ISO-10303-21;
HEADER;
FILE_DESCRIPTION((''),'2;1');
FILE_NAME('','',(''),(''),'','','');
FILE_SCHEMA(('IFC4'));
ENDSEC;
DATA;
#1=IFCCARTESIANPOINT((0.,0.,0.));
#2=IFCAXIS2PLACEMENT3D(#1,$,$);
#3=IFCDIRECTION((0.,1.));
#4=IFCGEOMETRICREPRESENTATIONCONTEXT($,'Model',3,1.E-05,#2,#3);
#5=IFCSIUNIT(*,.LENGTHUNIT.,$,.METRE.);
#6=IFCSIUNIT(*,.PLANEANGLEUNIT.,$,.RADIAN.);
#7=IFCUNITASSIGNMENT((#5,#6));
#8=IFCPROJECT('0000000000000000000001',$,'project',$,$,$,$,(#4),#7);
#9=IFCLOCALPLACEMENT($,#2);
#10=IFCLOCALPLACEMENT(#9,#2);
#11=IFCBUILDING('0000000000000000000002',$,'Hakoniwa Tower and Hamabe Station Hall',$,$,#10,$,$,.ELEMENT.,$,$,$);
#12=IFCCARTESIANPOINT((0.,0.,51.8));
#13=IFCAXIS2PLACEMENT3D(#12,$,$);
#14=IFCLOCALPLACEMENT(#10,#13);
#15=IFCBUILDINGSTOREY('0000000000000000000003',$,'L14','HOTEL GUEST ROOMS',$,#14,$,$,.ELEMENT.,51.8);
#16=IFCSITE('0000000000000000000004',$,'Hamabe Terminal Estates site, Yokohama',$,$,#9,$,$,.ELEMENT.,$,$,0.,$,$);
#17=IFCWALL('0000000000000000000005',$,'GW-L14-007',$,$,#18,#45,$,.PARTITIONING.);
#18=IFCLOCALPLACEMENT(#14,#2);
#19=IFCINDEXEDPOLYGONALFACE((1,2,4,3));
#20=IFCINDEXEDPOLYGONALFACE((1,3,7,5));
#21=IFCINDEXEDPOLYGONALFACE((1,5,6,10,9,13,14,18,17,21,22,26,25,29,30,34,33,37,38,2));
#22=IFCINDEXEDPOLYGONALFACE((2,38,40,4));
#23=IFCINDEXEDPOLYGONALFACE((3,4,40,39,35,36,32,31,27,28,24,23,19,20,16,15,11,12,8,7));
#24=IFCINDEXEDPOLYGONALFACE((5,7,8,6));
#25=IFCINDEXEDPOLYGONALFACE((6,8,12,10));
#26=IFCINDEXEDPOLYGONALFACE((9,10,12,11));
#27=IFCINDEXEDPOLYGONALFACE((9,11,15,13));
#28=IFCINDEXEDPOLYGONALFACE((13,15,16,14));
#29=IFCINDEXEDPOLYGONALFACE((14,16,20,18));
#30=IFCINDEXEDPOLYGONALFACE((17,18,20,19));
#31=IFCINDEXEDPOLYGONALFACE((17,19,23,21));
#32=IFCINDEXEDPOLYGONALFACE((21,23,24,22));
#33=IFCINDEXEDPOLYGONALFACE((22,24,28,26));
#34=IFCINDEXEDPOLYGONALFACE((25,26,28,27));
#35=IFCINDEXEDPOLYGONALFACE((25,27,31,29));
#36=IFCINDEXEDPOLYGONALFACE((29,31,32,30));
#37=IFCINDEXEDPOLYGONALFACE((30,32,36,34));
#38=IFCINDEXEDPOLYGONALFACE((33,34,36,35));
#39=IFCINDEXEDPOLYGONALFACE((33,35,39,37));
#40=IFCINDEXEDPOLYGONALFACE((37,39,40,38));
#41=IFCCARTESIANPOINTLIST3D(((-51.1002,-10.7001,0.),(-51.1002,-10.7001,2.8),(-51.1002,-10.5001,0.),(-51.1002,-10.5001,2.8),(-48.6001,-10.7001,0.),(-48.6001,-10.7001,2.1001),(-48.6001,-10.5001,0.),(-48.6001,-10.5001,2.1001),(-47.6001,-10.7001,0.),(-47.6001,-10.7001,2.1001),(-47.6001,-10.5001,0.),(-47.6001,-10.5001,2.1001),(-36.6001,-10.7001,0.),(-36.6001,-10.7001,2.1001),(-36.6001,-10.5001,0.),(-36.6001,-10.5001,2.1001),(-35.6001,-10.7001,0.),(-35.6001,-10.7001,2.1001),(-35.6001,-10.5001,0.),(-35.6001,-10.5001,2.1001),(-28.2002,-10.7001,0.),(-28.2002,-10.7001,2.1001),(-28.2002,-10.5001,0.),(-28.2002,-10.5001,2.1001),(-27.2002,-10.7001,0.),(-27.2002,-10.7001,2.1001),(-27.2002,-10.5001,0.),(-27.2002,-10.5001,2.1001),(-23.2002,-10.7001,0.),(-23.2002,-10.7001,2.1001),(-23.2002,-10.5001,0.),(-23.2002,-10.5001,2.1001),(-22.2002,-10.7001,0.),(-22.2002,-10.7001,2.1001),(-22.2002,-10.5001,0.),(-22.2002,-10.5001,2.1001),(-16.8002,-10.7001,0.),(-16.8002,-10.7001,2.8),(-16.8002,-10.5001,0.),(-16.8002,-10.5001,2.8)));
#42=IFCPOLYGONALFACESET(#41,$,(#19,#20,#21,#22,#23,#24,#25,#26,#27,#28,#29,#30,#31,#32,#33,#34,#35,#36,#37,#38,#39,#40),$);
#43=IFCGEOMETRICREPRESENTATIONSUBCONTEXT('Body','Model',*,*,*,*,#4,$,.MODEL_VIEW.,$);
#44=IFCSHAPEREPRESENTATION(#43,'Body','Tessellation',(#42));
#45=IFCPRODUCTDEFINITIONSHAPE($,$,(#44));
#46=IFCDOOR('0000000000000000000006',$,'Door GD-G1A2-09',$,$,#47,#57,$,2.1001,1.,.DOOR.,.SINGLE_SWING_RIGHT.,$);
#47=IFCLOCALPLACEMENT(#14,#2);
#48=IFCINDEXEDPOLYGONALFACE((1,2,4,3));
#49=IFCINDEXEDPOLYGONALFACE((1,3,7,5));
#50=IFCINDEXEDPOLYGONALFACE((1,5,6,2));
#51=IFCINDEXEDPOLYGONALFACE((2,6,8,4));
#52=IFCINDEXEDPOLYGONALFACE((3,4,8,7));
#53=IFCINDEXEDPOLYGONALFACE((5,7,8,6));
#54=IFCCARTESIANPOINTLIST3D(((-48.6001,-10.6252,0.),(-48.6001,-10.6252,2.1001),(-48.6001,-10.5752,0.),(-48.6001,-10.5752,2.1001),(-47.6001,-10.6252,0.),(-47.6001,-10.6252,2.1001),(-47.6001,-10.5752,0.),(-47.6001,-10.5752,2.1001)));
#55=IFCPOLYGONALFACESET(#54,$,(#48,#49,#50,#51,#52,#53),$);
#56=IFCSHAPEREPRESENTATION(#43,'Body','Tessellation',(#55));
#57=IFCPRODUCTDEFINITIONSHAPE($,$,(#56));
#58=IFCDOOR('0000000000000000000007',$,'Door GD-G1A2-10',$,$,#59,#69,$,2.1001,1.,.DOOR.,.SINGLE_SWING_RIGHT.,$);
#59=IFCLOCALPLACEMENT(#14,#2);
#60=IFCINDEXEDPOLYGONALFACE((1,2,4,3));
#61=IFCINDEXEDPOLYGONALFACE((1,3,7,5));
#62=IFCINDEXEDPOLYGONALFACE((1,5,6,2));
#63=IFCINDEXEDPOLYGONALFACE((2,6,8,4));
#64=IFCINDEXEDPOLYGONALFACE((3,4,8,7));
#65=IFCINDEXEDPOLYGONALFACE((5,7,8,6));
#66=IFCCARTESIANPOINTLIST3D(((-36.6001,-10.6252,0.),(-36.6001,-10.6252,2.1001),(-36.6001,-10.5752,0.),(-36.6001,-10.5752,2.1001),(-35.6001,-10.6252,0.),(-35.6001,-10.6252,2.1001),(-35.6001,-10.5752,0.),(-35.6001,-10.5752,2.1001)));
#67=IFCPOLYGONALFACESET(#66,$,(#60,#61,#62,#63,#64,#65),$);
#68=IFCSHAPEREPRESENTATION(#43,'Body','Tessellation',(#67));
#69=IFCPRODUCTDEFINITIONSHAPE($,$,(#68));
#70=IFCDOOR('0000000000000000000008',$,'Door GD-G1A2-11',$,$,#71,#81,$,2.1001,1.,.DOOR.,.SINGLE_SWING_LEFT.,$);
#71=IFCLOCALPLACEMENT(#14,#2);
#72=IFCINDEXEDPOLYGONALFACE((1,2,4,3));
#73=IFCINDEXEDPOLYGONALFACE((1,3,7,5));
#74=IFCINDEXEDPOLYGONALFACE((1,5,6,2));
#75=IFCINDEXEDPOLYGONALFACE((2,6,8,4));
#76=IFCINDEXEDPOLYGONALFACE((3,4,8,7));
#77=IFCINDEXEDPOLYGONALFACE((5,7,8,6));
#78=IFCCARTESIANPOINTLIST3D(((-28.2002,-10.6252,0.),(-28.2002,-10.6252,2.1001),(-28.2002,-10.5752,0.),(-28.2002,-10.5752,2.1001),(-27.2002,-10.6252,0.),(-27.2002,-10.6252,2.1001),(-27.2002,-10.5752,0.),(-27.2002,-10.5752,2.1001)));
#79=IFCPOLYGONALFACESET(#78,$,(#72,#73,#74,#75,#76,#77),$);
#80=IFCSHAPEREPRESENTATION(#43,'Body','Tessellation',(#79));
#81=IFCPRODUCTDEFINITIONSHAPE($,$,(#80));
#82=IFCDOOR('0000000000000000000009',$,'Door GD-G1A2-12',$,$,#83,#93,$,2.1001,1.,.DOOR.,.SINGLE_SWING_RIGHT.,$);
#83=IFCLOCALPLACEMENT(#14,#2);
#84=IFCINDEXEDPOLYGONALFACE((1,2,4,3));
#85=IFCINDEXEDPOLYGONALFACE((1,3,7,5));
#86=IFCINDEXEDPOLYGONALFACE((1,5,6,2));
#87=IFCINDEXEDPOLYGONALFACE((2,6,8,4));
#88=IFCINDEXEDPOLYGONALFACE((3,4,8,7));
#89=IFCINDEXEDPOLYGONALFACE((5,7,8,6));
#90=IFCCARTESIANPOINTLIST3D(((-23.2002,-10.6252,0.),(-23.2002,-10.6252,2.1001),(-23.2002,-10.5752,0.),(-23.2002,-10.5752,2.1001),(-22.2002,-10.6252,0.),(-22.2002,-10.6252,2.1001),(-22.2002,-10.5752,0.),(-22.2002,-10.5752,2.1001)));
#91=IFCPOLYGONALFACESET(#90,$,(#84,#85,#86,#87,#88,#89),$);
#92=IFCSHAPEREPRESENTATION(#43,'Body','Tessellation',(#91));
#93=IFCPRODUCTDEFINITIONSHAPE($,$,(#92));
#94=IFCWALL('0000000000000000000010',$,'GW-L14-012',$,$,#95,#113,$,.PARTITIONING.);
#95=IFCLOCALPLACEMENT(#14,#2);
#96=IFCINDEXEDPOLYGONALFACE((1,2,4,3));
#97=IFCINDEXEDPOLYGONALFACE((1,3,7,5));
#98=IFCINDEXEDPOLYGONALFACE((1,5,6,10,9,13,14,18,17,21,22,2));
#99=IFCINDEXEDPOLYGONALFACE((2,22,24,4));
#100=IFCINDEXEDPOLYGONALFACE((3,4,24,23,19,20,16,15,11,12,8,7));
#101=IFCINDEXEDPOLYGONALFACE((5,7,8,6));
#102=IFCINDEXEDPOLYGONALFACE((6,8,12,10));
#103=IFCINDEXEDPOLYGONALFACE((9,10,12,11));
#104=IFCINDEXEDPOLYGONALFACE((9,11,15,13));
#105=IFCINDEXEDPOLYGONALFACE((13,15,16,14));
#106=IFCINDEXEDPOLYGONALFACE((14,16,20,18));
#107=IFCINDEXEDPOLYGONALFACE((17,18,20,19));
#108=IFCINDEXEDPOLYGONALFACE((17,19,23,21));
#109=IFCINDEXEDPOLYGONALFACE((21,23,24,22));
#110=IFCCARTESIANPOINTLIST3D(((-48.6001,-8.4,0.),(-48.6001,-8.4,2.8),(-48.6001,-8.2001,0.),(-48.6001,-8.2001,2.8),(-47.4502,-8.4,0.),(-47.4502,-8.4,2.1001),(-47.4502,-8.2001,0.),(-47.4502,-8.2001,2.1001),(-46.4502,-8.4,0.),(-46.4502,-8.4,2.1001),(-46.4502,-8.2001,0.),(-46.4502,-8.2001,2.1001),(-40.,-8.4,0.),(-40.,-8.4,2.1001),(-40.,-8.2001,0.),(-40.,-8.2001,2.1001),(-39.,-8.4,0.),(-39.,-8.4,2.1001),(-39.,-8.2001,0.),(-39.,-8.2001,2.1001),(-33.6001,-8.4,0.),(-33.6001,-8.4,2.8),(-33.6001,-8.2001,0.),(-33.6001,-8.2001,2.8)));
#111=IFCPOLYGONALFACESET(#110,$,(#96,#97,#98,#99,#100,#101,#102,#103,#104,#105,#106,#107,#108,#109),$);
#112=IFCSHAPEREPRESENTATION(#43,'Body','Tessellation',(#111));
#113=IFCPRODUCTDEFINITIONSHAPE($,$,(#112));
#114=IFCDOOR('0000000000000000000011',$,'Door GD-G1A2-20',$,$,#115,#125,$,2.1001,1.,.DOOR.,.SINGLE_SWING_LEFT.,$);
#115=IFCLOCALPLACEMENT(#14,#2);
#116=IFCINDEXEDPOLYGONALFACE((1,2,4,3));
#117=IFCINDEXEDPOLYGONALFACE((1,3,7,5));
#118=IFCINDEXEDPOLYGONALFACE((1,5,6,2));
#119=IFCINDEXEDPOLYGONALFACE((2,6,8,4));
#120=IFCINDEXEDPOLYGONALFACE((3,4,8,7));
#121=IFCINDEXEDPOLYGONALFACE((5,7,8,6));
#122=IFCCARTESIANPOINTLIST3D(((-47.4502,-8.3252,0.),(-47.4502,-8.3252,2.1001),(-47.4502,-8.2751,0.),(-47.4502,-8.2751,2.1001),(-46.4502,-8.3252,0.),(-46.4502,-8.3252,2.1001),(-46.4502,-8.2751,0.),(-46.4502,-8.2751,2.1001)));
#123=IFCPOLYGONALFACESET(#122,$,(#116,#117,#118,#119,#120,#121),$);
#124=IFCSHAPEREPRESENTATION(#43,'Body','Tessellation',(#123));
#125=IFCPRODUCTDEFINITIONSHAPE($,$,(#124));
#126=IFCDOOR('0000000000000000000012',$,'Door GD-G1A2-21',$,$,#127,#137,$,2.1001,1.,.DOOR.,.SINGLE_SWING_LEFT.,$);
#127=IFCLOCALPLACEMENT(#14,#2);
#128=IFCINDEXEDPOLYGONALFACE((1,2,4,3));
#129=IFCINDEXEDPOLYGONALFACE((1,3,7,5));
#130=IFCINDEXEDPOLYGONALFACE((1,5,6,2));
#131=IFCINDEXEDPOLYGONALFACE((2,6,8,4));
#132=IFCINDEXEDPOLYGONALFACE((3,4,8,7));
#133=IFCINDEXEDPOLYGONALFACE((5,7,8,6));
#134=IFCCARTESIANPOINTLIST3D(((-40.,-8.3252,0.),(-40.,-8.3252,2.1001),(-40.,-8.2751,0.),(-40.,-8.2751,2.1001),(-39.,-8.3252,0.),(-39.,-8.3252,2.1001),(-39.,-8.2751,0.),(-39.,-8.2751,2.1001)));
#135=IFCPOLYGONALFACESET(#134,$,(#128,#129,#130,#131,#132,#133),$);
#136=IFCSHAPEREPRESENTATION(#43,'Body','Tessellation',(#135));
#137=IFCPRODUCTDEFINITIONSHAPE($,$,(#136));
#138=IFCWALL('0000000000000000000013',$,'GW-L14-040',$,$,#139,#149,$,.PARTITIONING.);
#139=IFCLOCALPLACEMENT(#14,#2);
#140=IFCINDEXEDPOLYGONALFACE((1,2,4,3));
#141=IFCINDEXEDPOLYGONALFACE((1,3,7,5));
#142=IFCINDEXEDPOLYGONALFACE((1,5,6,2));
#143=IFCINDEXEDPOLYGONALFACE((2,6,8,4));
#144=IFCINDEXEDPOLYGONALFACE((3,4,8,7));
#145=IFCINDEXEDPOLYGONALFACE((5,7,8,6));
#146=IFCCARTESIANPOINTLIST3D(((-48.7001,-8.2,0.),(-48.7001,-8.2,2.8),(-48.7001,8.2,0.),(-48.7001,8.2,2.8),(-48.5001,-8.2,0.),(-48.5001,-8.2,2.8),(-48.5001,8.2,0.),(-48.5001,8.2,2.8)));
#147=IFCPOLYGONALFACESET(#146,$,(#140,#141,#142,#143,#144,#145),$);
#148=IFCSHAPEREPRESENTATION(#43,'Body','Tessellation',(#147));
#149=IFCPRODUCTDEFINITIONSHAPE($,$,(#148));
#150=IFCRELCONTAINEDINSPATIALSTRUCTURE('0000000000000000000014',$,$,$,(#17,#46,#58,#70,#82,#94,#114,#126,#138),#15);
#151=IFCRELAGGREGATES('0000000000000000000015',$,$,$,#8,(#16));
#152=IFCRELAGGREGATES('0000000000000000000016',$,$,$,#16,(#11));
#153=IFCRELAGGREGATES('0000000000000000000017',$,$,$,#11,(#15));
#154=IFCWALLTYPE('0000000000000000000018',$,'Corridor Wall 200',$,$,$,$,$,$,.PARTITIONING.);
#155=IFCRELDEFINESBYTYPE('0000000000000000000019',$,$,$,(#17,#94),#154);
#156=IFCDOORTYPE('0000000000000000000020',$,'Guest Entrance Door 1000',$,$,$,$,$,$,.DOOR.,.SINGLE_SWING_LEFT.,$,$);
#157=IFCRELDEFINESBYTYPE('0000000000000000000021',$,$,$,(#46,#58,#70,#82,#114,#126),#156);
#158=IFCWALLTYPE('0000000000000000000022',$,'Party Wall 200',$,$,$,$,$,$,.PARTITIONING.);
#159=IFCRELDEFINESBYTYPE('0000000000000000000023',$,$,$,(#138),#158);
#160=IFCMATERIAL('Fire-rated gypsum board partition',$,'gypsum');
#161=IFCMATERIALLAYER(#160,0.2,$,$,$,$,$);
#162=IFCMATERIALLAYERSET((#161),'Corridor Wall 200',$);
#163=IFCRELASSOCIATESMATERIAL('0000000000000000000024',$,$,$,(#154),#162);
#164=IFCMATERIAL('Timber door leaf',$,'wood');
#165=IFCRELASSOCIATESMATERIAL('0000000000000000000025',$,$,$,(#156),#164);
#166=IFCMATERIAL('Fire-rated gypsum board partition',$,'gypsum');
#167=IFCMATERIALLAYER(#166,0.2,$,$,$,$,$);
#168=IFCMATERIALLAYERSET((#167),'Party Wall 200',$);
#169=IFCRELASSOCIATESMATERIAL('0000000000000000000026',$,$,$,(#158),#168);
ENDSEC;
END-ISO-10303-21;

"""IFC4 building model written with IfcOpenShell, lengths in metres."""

from ifc_helpers import new_model, si_unit, direction, frame, frame_2d, origin, place, context, subcontext, project, spatial, rectangle, extrude, material, layer, layer_set, type_object, element, fill, save


model = new_model("IFC4")

# Units and contexts
model_context = context("Model", 3, precision=1e-05, world=origin(), true_north=direction((0.0, 1.0)))
body_context = subcontext(model_context, "Body", "Model", "MODEL_VIEW")
ifc_project = project(units=[si_unit("LENGTHUNIT", "METRE"), si_unit("PLANEANGLEUNIT", "RADIAN")], contexts=[model_context])

# Site, building, storey
site_placement = place(None, origin())
site = spatial("IfcSite", under=ifc_project, at=site_placement, Name="Hamabe Terminal Estates site, Yokohama", CompositionType="ELEMENT", RefElevation=0.0)
building_placement = place(site_placement, origin())
building = spatial("IfcBuilding", under=site, at=building_placement, Name="Hakoniwa Tower and Hamabe Station Hall", CompositionType="ELEMENT")
storey_placement = place(building_placement, frame((0.0, 0.0, 51.8)))
storey = spatial("IfcBuildingStorey", under=building, at=storey_placement, Name="L14", Description="HOTEL GUEST ROOMS", CompositionType="ELEMENT", Elevation=51.8)

# Walls, openings, doors
ifc_material_1 = material(Name="Fire-rated gypsum board partition", Category="gypsum")
ifc_layer_1 = layer(ifc_material_1, 0.2)
ifc_layer_set_1 = layer_set([ifc_layer_1], Name="Corridor Wall 200")
wall_type_1 = type_object("IfcWallType", Name="Corridor Wall 200", PredefinedType="PARTITIONING", material=ifc_layer_set_1)
wall_1_placement = place(storey_placement, frame((-51.1001, -10.6001, 0.0), z_axis=(0.0, 0.0, 1.0), x_axis=(1.0, 0.0, 0.0)))
wall_1 = element("IfcWall", 1, at=wall_1_placement, inside=storey, type_object=wall_type_1, Name="GW-L14-007", PredefinedType="PARTITIONING", context=body_context, shape_type="SweptSolid", body=[
    extrude(rectangle(XDim=34.3, YDim=0.2, at=frame_2d((17.1499, 0.0))), origin(), (0.0, 0.0, 1.0), 2.8),
])
opening_1_placement = place(wall_1_placement, frame((2.5, 0.0, 0.0)))
opening_1 = element("IfcOpeningElement", 2, at=opening_1_placement, cuts=wall_1, PredefinedType="OPENING", context=body_context, shape_type="SweptSolid", body=[
    extrude(rectangle(XDim=1.0, YDim=2.1001, at=frame_2d((0.5, 1.05))), frame((0.0, 0.1099, 0.0), z_axis=(0.0, -1.0, 0.0), x_axis=(1.0, 0.0, 0.0)), (0.0, 0.0, 1.0), 0.22),
])
opening_2_placement = place(wall_1_placement, frame((14.5, 0.0, 0.0)))
opening_2 = element("IfcOpeningElement", 3, at=opening_2_placement, cuts=wall_1, PredefinedType="OPENING", context=body_context, shape_type="SweptSolid", body=[
    extrude(rectangle(XDim=1.0, YDim=2.1001, at=frame_2d((0.5, 1.05))), frame((0.0, 0.1099, 0.0), z_axis=(0.0, -1.0, 0.0), x_axis=(1.0, 0.0, 0.0)), (0.0, 0.0, 1.0), 0.22),
])
opening_3_placement = place(wall_1_placement, frame((22.8999, 0.0, 0.0)))
opening_3 = element("IfcOpeningElement", 4, at=opening_3_placement, cuts=wall_1, PredefinedType="OPENING", context=body_context, shape_type="SweptSolid", body=[
    extrude(rectangle(XDim=1.0, YDim=2.1001, at=frame_2d((0.5, 1.05))), frame((0.0, 0.1099, 0.0), z_axis=(0.0, -1.0, 0.0), x_axis=(1.0, 0.0, 0.0)), (0.0, 0.0, 1.0), 0.22),
])
opening_4_placement = place(wall_1_placement, frame((27.8999, 0.0, 0.0)))
opening_4 = element("IfcOpeningElement", 5, at=opening_4_placement, cuts=wall_1, PredefinedType="OPENING", context=body_context, shape_type="SweptSolid", body=[
    extrude(rectangle(XDim=1.0, YDim=2.1001, at=frame_2d((0.5, 1.05))), frame((0.0, 0.1099, 0.0), z_axis=(0.0, -1.0, 0.0), x_axis=(1.0, 0.0, 0.0)), (0.0, 0.0, 1.0), 0.22),
])
ifc_material_2 = material(Name="Timber door leaf", Category="wood")
door_type_1 = type_object("IfcDoorType", Name="Guest Entrance Door 1000", OperationType="SINGLE_SWING_LEFT", PredefinedType="DOOR", material=ifc_material_2)
door_1_placement = place(opening_1_placement, origin())
door_1 = element("IfcDoor", 6, at=door_1_placement, inside=storey, type_object=door_type_1, Name="Door GD-G1A2-09", OperationType="SINGLE_SWING_RIGHT", OverallHeight=2.1001, OverallWidth=1.0, PredefinedType="DOOR", context=body_context, shape_type="SweptSolid", body=[
    extrude(rectangle(XDim=1.0, YDim=2.1001, at=frame_2d((0.5, 1.05))), frame((0.0, 0.0249, 0.0), z_axis=(0.0, -1.0, 0.0), x_axis=(1.0, 0.0, 0.0)), (0.0, 0.0, 1.0), 0.05),
])
fill(opening_1, door_1)
door_2_placement = place(opening_2_placement, origin())
door_2 = element("IfcDoor", 7, at=door_2_placement, inside=storey, type_object=door_type_1, Name="Door GD-G1A2-10", OperationType="SINGLE_SWING_RIGHT", OverallHeight=2.1001, OverallWidth=1.0, PredefinedType="DOOR", context=body_context, shape_type="SweptSolid", body=[
    extrude(rectangle(XDim=1.0, YDim=2.1001, at=frame_2d((0.5, 1.05))), frame((0.0, 0.0249, 0.0), z_axis=(0.0, -1.0, 0.0), x_axis=(1.0, 0.0, 0.0)), (0.0, 0.0, 1.0), 0.05),
])
fill(opening_2, door_2)
door_3_placement = place(opening_3_placement, origin())
door_3 = element("IfcDoor", 8, at=door_3_placement, inside=storey, type_object=door_type_1, Name="Door GD-G1A2-11", OperationType="SINGLE_SWING_LEFT", OverallHeight=2.1001, OverallWidth=1.0, PredefinedType="DOOR", context=body_context, shape_type="SweptSolid", body=[
    extrude(rectangle(XDim=1.0, YDim=2.1001, at=frame_2d((0.5, 1.05))), frame((0.0, 0.0249, 0.0), z_axis=(0.0, -1.0, 0.0), x_axis=(1.0, 0.0, 0.0)), (0.0, 0.0, 1.0), 0.05),
])
fill(opening_3, door_3)
door_4_placement = place(opening_4_placement, origin())
door_4 = element("IfcDoor", 9, at=door_4_placement, inside=storey, type_object=door_type_1, Name="Door GD-G1A2-12", OperationType="SINGLE_SWING_RIGHT", OverallHeight=2.1001, OverallWidth=1.0, PredefinedType="DOOR", context=body_context, shape_type="SweptSolid", body=[
    extrude(rectangle(XDim=1.0, YDim=2.1001, at=frame_2d((0.5, 1.05))), frame((0.0, 0.0249, 0.0), z_axis=(0.0, -1.0, 0.0), x_axis=(1.0, 0.0, 0.0)), (0.0, 0.0, 1.0), 0.05),
])
fill(opening_4, door_4)
wall_2_placement = place(storey_placement, frame((-48.6001, -8.3, 0.0), z_axis=(0.0, 0.0, 1.0), x_axis=(1.0, 0.0, 0.0)))
wall_2 = element("IfcWall", 10, at=wall_2_placement, inside=storey, type_object=wall_type_1, Name="GW-L14-012", PredefinedType="PARTITIONING", context=body_context, shape_type="SweptSolid", body=[
    extrude(rectangle(XDim=15.0, YDim=0.2, at=frame_2d((7.5, 0.0))), origin(), (0.0, 0.0, 1.0), 2.8),
])
opening_5_placement = place(wall_2_placement, frame((1.1499, 0.0, 0.0)))
opening_5 = element("IfcOpeningElement", 11, at=opening_5_placement, cuts=wall_2, PredefinedType="OPENING", context=body_context, shape_type="SweptSolid", body=[
    extrude(rectangle(XDim=1.0, YDim=2.1001, at=frame_2d((0.5, 1.05))), frame((0.0, 0.1099, 0.0), z_axis=(0.0, -1.0, 0.0), x_axis=(1.0, 0.0, 0.0)), (0.0, 0.0, 1.0), 0.22),
])
opening_6_placement = place(wall_2_placement, frame((8.6001, 0.0, 0.0)))
opening_6 = element("IfcOpeningElement", 12, at=opening_6_placement, cuts=wall_2, PredefinedType="OPENING", context=body_context, shape_type="SweptSolid", body=[
    extrude(rectangle(XDim=1.0, YDim=2.1001, at=frame_2d((0.5, 1.05))), frame((0.0, 0.1099, 0.0), z_axis=(0.0, -1.0, 0.0), x_axis=(1.0, 0.0, 0.0)), (0.0, 0.0, 1.0), 0.22),
])
door_5_placement = place(opening_5_placement, origin())
door_5 = element("IfcDoor", 13, at=door_5_placement, inside=storey, type_object=door_type_1, Name="Door GD-G1A2-20", OperationType="SINGLE_SWING_LEFT", OverallHeight=2.1001, OverallWidth=1.0, PredefinedType="DOOR", context=body_context, shape_type="SweptSolid", body=[
    extrude(rectangle(XDim=1.0, YDim=2.1001, at=frame_2d((0.5, 1.05))), frame((0.0, 0.0249, 0.0), z_axis=(0.0, -1.0, 0.0), x_axis=(1.0, 0.0, 0.0)), (0.0, 0.0, 1.0), 0.05),
])
fill(opening_5, door_5)
door_6_placement = place(opening_6_placement, origin())
door_6 = element("IfcDoor", 14, at=door_6_placement, inside=storey, type_object=door_type_1, Name="Door GD-G1A2-21", OperationType="SINGLE_SWING_LEFT", OverallHeight=2.1001, OverallWidth=1.0, PredefinedType="DOOR", context=body_context, shape_type="SweptSolid", body=[
    extrude(rectangle(XDim=1.0, YDim=2.1001, at=frame_2d((0.5, 1.05))), frame((0.0, 0.0249, 0.0), z_axis=(0.0, -1.0, 0.0), x_axis=(1.0, 0.0, 0.0)), (0.0, 0.0, 1.0), 0.05),
])
fill(opening_6, door_6)

# Wall
ifc_material_3 = material(Name="Fire-rated gypsum board partition", Category="gypsum")
ifc_layer_2 = layer(ifc_material_3, 0.2)
ifc_layer_set_2 = layer_set([ifc_layer_2], Name="Party Wall 200")
wall_type_2 = type_object("IfcWallType", Name="Party Wall 200", PredefinedType="PARTITIONING", material=ifc_layer_set_2)
wall_3_placement = place(storey_placement, frame((-48.6001, -8.2, 0.0), z_axis=(0.0, 0.0, 1.0), x_axis=(0.0, 1.0, 0.0)))
element("IfcWall", 15, at=wall_3_placement, inside=storey, type_object=wall_type_2, Name="GW-L14-040", PredefinedType="PARTITIONING", context=body_context, shape_type="SweptSolid", body=[
    extrude(rectangle(XDim=16.3999, YDim=0.2, at=frame_2d((8.2, 0.0))), origin(), (0.0, 0.0, 1.0), 2.8),
])

save(model, "model.ifc")
